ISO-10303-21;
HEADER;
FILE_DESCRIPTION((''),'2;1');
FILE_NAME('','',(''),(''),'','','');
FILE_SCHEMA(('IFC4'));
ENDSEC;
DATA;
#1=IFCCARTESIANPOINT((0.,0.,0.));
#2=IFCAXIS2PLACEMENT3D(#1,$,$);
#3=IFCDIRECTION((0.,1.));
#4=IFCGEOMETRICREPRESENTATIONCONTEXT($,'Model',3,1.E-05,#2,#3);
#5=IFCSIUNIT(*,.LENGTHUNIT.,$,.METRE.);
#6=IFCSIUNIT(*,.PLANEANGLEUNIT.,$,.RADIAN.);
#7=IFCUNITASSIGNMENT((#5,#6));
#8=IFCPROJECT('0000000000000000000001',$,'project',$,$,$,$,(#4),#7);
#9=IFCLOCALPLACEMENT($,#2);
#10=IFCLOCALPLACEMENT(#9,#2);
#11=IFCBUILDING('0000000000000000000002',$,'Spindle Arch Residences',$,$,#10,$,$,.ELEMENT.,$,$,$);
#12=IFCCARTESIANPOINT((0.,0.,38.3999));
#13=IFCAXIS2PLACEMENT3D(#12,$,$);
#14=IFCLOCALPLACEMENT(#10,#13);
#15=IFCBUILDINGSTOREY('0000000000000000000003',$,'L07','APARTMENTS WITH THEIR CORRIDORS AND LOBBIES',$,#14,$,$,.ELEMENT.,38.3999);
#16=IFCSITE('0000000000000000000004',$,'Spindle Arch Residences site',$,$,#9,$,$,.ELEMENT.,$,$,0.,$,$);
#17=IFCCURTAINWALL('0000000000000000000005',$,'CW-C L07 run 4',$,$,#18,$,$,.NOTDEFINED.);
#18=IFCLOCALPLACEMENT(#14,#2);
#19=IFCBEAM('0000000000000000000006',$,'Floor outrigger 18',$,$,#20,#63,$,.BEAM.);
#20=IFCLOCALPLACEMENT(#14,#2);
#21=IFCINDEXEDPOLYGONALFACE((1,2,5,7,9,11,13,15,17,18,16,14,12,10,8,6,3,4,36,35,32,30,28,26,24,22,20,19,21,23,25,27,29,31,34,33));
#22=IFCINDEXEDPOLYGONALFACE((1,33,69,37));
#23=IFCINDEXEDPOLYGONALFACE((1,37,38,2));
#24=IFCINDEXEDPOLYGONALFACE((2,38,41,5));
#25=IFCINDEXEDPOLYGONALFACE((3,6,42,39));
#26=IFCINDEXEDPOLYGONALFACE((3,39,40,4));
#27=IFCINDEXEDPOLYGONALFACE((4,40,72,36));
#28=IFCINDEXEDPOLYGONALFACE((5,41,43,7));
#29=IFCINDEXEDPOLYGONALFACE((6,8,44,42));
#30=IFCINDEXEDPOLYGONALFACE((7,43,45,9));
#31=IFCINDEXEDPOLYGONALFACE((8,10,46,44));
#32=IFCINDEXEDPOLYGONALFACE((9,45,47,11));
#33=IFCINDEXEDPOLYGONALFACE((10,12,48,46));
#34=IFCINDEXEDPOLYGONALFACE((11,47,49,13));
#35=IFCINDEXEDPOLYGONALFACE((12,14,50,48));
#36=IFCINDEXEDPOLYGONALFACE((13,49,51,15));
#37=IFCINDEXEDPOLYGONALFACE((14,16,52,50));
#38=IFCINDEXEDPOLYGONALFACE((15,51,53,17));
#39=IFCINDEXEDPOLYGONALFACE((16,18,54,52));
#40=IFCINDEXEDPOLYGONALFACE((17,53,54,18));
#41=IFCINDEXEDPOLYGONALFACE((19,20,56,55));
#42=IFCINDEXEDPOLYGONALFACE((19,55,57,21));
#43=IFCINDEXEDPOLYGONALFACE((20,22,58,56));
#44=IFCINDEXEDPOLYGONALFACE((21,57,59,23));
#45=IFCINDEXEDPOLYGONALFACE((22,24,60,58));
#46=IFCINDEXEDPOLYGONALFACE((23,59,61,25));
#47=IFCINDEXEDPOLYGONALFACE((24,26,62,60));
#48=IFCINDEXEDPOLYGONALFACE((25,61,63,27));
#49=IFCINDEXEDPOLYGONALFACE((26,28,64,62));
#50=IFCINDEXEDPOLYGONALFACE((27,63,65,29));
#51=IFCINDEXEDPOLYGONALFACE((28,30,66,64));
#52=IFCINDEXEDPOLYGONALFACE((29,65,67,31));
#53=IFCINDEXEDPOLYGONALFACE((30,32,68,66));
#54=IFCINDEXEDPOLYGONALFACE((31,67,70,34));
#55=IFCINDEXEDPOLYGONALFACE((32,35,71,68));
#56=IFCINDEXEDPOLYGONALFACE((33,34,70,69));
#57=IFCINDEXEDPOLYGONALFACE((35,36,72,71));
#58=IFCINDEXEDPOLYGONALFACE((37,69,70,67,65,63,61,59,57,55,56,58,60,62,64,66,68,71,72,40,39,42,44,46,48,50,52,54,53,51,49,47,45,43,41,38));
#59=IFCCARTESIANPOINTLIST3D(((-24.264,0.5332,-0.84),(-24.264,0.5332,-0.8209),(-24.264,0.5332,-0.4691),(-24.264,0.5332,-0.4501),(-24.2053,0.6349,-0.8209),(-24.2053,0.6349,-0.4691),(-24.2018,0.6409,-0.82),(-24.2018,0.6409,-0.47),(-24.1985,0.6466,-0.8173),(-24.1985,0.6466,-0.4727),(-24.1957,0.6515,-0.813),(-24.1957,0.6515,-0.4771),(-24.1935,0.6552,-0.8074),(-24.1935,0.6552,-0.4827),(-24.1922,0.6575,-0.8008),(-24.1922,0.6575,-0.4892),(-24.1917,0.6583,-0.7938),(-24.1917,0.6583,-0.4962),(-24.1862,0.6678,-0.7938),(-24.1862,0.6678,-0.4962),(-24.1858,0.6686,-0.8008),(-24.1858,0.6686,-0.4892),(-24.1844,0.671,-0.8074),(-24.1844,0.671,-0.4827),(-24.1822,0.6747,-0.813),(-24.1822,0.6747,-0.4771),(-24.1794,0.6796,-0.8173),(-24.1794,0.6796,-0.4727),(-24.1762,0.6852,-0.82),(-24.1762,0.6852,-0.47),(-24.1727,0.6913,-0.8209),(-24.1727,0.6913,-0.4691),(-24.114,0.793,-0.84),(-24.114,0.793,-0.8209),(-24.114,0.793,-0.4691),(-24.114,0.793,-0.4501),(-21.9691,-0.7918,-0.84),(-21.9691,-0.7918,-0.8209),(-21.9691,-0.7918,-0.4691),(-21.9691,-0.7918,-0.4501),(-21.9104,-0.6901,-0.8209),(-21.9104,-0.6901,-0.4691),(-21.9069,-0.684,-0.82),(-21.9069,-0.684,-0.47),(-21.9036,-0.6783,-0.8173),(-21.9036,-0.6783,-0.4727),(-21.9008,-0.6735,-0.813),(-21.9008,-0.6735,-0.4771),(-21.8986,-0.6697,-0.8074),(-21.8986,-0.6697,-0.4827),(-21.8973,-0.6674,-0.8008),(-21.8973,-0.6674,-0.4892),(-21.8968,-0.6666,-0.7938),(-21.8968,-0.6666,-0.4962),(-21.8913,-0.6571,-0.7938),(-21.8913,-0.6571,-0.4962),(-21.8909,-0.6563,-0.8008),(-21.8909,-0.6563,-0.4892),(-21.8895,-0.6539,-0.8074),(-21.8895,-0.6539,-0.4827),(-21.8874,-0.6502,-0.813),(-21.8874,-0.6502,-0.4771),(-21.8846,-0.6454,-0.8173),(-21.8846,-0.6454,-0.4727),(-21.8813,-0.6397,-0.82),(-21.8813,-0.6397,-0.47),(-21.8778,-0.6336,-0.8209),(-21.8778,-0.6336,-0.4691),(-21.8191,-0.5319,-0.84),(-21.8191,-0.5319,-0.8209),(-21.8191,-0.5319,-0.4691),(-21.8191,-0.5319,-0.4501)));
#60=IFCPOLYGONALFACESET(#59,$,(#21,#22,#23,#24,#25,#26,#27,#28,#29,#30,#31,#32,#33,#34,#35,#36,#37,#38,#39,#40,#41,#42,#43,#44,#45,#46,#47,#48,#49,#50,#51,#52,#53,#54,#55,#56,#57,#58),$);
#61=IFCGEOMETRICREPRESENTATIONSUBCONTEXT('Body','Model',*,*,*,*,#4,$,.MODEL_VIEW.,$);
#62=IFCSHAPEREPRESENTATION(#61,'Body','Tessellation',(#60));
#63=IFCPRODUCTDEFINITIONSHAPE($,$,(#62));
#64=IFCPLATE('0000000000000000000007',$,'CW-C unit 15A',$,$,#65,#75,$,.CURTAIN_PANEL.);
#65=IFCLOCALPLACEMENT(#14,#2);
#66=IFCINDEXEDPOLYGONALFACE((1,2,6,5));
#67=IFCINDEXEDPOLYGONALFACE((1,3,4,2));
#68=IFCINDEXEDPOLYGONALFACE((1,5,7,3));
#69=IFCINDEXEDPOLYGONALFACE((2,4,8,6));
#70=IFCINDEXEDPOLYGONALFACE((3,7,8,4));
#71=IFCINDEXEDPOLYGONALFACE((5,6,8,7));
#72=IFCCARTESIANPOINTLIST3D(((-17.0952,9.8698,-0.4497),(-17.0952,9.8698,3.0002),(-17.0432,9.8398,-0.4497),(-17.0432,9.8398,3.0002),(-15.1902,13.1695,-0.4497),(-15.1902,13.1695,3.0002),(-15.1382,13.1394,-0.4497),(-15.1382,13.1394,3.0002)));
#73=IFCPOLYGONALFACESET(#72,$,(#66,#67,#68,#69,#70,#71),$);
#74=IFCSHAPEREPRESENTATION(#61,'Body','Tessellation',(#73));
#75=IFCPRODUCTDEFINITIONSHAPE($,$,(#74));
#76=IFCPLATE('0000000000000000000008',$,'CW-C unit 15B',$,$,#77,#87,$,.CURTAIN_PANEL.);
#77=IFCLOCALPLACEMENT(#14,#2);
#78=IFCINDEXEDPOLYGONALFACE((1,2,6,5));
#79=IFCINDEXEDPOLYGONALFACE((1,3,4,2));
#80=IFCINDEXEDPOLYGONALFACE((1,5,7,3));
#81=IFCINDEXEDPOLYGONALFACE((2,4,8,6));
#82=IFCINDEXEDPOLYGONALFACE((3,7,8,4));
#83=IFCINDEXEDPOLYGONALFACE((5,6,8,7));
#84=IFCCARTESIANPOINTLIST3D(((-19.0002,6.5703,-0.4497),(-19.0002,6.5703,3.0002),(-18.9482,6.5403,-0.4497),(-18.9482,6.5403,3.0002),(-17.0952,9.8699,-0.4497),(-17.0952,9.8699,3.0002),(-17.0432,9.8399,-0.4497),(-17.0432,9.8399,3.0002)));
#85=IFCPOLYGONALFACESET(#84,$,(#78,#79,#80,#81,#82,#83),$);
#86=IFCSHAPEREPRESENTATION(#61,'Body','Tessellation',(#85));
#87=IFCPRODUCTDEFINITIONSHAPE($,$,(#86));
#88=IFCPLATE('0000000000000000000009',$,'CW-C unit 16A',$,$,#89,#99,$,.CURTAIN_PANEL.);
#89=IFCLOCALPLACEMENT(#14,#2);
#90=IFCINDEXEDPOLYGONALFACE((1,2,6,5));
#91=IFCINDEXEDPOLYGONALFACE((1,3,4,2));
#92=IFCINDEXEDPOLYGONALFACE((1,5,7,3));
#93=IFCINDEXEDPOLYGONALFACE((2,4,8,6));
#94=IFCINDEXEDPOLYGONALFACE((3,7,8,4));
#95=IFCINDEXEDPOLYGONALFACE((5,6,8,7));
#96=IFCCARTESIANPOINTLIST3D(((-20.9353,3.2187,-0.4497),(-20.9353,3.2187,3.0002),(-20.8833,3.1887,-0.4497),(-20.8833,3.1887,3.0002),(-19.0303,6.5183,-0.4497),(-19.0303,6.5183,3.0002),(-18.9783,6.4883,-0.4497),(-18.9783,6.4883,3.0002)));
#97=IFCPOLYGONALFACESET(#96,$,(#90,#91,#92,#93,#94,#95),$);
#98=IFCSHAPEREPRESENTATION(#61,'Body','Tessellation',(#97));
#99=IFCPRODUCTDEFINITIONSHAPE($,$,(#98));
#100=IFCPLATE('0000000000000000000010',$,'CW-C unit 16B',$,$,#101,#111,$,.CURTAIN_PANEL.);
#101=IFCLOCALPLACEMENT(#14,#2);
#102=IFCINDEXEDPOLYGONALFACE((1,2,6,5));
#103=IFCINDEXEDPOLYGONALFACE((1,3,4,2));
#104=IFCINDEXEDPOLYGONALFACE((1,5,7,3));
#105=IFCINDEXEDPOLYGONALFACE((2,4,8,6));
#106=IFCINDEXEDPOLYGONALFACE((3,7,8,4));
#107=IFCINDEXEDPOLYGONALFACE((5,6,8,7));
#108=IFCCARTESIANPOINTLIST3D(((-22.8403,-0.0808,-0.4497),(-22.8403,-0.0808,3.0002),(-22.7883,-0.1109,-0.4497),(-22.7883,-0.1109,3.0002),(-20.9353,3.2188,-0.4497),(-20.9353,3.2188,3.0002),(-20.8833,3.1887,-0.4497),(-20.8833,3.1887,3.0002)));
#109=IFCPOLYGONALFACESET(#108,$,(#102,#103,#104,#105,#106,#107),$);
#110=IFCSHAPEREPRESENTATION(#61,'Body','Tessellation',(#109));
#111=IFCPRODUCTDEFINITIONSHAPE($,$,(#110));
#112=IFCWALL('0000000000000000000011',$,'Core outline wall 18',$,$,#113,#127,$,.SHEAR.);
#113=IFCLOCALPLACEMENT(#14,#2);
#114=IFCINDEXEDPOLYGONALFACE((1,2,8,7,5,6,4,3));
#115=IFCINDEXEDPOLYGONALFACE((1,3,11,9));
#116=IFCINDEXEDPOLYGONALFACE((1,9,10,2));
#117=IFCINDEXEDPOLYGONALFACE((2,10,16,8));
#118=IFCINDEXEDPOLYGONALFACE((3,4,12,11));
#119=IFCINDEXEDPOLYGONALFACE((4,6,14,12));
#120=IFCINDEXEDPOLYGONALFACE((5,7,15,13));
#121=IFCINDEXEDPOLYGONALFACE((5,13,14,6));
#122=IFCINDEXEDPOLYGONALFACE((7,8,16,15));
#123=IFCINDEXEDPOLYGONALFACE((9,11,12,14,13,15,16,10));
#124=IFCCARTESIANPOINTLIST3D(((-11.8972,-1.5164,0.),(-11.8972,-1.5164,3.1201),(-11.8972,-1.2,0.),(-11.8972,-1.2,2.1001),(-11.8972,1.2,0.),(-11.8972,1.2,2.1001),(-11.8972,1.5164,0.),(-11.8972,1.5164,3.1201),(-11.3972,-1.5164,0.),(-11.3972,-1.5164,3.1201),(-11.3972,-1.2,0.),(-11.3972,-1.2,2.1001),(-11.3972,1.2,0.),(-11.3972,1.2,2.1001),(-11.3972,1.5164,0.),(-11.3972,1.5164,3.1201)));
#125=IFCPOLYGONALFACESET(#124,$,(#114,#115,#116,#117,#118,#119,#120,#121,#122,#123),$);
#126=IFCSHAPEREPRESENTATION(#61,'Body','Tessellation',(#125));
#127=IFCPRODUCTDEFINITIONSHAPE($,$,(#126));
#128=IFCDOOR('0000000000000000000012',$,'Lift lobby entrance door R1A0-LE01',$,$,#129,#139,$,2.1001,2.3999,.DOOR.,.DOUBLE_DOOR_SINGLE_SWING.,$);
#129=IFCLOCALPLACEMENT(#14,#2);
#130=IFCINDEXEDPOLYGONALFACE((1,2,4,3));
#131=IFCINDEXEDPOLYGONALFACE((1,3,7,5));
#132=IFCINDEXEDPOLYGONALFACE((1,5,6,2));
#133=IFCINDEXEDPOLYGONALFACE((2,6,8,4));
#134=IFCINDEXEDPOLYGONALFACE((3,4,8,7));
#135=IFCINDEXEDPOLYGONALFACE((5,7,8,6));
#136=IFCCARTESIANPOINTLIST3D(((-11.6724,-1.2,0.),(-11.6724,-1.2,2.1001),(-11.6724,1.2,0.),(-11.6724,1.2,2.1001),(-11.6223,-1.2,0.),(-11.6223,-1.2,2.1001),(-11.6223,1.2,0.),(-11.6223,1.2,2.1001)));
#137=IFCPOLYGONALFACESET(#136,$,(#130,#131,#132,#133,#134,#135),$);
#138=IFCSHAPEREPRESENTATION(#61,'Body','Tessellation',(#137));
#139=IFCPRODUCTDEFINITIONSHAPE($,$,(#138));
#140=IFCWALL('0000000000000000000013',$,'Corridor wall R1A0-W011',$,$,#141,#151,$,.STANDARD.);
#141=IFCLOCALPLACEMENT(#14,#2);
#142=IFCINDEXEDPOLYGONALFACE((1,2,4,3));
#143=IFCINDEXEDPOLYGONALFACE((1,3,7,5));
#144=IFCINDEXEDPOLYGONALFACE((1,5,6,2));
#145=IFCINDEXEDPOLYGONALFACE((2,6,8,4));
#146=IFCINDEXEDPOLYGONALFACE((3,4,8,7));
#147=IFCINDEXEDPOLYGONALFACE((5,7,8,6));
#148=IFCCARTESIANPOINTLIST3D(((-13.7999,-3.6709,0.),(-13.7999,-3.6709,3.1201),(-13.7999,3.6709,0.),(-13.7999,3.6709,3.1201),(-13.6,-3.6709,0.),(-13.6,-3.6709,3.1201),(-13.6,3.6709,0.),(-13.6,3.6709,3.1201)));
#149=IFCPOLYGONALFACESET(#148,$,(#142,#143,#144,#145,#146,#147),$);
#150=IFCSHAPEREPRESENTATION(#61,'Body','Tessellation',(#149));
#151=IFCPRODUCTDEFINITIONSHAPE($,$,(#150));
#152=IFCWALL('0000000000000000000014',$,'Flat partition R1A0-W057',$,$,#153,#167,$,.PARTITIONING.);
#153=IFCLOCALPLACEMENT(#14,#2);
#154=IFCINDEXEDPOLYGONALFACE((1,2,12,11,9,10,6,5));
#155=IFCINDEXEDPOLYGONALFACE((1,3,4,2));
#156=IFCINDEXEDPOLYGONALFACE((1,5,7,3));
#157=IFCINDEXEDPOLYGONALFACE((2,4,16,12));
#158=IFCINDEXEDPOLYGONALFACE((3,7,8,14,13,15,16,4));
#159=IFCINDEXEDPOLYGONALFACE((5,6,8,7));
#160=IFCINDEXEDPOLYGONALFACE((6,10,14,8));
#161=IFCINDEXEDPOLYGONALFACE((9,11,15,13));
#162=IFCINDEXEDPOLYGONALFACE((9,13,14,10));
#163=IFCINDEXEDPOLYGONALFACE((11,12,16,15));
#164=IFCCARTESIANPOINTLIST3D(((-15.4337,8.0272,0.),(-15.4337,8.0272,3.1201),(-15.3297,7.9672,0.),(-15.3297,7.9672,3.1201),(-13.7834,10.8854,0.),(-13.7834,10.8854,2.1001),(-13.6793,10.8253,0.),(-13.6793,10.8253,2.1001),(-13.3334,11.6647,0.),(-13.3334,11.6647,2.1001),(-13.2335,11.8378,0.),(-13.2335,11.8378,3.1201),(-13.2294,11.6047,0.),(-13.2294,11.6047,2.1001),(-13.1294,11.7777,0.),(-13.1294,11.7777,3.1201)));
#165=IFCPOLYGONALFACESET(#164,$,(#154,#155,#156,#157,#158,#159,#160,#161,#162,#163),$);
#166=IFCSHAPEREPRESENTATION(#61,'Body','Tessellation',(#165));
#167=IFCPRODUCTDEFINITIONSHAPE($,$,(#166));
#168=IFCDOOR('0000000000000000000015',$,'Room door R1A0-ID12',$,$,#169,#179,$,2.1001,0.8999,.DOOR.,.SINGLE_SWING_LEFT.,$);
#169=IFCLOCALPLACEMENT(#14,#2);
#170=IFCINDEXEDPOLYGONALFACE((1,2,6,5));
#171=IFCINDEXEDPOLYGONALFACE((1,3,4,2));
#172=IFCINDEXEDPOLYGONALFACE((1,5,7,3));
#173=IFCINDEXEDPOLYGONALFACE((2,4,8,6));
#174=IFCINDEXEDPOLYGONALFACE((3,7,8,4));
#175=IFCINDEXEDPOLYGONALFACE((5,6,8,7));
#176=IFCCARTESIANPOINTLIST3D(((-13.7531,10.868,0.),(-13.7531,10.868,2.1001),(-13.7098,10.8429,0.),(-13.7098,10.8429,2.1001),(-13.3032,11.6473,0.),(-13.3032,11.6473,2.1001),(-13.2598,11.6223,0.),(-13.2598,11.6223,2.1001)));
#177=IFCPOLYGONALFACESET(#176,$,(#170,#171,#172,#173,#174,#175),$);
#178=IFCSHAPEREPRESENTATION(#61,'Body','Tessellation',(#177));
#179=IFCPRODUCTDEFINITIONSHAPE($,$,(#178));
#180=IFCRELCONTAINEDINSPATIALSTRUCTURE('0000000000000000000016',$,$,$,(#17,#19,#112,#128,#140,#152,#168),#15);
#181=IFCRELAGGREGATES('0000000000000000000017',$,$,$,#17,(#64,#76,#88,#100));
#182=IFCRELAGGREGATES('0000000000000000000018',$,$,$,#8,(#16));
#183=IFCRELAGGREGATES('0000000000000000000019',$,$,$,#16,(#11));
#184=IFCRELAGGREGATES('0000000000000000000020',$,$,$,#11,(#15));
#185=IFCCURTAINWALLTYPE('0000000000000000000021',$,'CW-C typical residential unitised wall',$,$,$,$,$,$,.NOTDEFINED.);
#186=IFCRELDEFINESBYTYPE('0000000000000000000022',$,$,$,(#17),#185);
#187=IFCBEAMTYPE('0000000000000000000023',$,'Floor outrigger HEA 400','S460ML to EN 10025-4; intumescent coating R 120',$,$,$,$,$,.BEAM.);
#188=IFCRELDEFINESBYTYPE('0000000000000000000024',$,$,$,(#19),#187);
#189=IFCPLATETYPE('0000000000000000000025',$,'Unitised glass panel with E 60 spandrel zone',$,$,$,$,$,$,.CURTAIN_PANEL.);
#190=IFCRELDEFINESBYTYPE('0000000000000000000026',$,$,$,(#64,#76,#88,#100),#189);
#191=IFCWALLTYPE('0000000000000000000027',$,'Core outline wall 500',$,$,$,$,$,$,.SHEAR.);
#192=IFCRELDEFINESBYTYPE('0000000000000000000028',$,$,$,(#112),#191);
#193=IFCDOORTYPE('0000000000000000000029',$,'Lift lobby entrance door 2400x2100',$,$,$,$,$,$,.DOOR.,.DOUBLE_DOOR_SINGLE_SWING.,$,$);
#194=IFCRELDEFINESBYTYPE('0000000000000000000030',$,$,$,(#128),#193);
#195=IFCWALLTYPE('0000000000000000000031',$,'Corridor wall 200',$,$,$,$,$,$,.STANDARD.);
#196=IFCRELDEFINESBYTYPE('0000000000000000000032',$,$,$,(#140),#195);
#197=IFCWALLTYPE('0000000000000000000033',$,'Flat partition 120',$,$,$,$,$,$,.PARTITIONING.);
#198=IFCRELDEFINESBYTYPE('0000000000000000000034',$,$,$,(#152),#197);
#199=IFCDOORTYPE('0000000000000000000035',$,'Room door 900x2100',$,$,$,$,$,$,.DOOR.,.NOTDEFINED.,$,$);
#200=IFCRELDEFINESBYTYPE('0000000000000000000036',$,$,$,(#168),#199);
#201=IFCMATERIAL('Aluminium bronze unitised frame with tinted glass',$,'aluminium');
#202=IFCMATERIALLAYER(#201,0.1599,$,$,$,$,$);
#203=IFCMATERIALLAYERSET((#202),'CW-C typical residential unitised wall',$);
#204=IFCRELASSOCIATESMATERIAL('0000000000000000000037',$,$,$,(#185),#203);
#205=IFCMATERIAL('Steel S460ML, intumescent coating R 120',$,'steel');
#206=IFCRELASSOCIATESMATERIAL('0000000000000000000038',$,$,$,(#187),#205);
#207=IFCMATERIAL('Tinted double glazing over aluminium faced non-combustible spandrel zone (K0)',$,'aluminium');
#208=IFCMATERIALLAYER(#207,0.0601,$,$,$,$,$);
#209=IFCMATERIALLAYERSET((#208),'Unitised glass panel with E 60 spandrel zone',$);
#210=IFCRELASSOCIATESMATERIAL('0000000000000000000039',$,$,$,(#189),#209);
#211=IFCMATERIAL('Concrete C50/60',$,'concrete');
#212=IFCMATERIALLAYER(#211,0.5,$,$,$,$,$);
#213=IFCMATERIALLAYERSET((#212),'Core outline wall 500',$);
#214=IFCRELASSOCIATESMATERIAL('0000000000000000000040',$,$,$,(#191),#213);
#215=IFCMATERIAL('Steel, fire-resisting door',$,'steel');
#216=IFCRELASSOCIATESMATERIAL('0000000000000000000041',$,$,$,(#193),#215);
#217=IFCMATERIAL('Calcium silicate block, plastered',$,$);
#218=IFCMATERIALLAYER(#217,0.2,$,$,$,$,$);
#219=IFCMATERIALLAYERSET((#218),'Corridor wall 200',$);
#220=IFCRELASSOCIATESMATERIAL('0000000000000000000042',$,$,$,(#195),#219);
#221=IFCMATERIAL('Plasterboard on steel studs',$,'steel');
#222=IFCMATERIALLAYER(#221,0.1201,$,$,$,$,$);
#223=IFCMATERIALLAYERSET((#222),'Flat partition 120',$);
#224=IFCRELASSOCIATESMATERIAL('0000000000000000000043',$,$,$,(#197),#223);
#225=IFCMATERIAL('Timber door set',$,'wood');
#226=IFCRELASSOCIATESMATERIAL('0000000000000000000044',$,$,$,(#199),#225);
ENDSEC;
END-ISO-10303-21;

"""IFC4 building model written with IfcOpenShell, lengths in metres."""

from ifc_helpers import new_model, si_unit, direction, frame, frame_2d, origin, origin_2d, place, context, subcontext, project, spatial, rectangle, i_section, extrude, material, layer, layer_set, material_profile, profile_set, type_object, element, fill, aggregate, save


model = new_model("IFC4")

# Units and contexts
model_context = context("Model", 3, precision=1e-05, world=origin(), true_north=direction((0.0, 1.0)))
body_context = subcontext(model_context, "Body", "Model", "MODEL_VIEW")
ifc_project = project(units=[si_unit("LENGTHUNIT", "METRE"), si_unit("PLANEANGLEUNIT", "RADIAN")], contexts=[model_context])

# Site, building, storey
site_placement = place(None, origin())
site = spatial("IfcSite", under=ifc_project, at=site_placement, Name="Spindle Arch Residences site", CompositionType="ELEMENT", RefElevation=0.0)
building_placement = place(site_placement, origin())
building = spatial("IfcBuilding", under=site, at=building_placement, Name="Spindle Arch Residences", CompositionType="ELEMENT")
storey_placement = place(building_placement, frame((0.0, 0.0, 38.3999)))
storey = spatial("IfcBuildingStorey", under=building, at=storey_placement, Name="L07", Description="APARTMENTS WITH THEIR CORRIDORS AND LOBBIES", CompositionType="ELEMENT", Elevation=38.3999)

# Curtain wall
ifc_material_1 = material(Name="Aluminium bronze unitised frame with tinted glass", Category="aluminium")
ifc_layer_1 = layer(ifc_material_1, 0.1599)
ifc_layer_set_1 = layer_set([ifc_layer_1], Name="CW-C typical residential unitised wall")
curtain_wall_type = type_object("IfcCurtainWallType", Name="CW-C typical residential unitised wall", PredefinedType="NOTDEFINED", material=ifc_layer_set_1)
curtain_wall_placement = place(storey_placement, origin())
curtain_wall = element("IfcCurtainWall", 1, at=curtain_wall_placement, inside=storey, type_object=curtain_wall_type, Name="CW-C L07 run 4", PredefinedType="NOTDEFINED")

# Beam
ifc_material_2 = material(Name="Steel S460ML, intumescent coating R 120", Category="steel")
ifc_material_profile_1 = material_profile(ifc_material_2, i_section(OverallWidth=0.3, OverallDepth=0.3899, WebThickness=0.011, FlangeThickness=0.019, FilletRadius=0.0271, at=origin_2d()), Name="HEA 400")
ifc_profile_set_1 = profile_set([ifc_material_profile_1], Name="Steel S460ML, intumescent coating R 120")
beam_type_1 = type_object("IfcBeamType", Name="Floor outrigger HEA 400", Description="S460ML to EN 10025-4; intumescent coating R 120", PredefinedType="BEAM", material=ifc_profile_set_1)
beam_1_placement = place(storey_placement, frame((-24.189, 0.6631, -0.645), z_axis=(0.866029, -0.499994, 0.0), x_axis=(0.499994, 0.866029, 0.0)))
element("IfcBeam", 2, at=beam_1_placement, inside=storey, type_object=beam_type_1, Name="Floor outrigger 18", PredefinedType="BEAM", context=body_context, shape_type="SweptSolid", body=[
    extrude(i_section(OverallWidth=0.3, OverallDepth=0.3899, WebThickness=0.011, FlangeThickness=0.019, FilletRadius=0.0271, at=origin_2d()), origin(), (0.0, 0.0, 1.0), 2.6499),
])

# Plates
ifc_material_3 = material(Name="Tinted double glazing over aluminium faced non-combustible spandrel zone (K0)", Category="aluminium")
ifc_layer_2 = layer(ifc_material_3, 0.0601)
ifc_layer_set_2 = layer_set([ifc_layer_2], Name="Unitised glass panel with E 60 spandrel zone")
plate_type = type_object("IfcPlateType", Name="Unitised glass panel with E 60 spandrel zone", PredefinedType="CURTAIN_PANEL", material=ifc_layer_set_2)
plate_1_placement = place(storey_placement, frame((-16.1167, 11.5046, -0.4497), z_axis=(0.0, 0.0, 1.0), x_axis=(-0.5, -0.866025, 0.0)))
plate_1 = element("IfcPlate", 3, at=plate_1_placement, type_object=plate_type, Name="CW-C unit 15A", PredefinedType="CURTAIN_PANEL", context=body_context, shape_type="SweptSolid", body=[
    extrude(rectangle(XDim=3.8101, YDim=0.0601, at=origin_2d()), origin(), (0.0, 0.0, 1.0), 3.45),
])
plate_2_placement = place(storey_placement, frame((-18.0217, 8.2051, -0.4497), z_axis=(0.0, 0.0, 1.0), x_axis=(-0.5, -0.866025, 0.0)))
plate_2 = element("IfcPlate", 4, at=plate_2_placement, type_object=plate_type, Name="CW-C unit 15B", PredefinedType="CURTAIN_PANEL", context=body_context, shape_type="SweptSolid", body=[
    extrude(rectangle(XDim=3.8101, YDim=0.0601, at=origin_2d()), origin(), (0.0, 0.0, 1.0), 3.45),
])
plate_3_placement = place(storey_placement, frame((-19.9568, 4.8535, -0.4497), z_axis=(0.0, 0.0, 1.0), x_axis=(-0.5, -0.866025, 0.0)))
plate_3 = element("IfcPlate", 5, at=plate_3_placement, type_object=plate_type, Name="CW-C unit 16A", PredefinedType="CURTAIN_PANEL", context=body_context, shape_type="SweptSolid", body=[
    extrude(rectangle(XDim=3.8101, YDim=0.0601, at=origin_2d()), origin(), (0.0, 0.0, 1.0), 3.45),
])
plate_4_placement = place(storey_placement, frame((-21.8618, 1.554, -0.4497), z_axis=(0.0, 0.0, 1.0), x_axis=(-0.5, -0.866025, 0.0)))
plate_4 = element("IfcPlate", 6, at=plate_4_placement, type_object=plate_type, Name="CW-C unit 16B", PredefinedType="CURTAIN_PANEL", context=body_context, shape_type="SweptSolid", body=[
    extrude(rectangle(XDim=3.8101, YDim=0.0601, at=origin_2d()), origin(), (0.0, 0.0, 1.0), 3.45),
])
aggregate(curtain_wall, [plate_1, plate_2, plate_3, plate_4])

# Wall, opening, door
ifc_material_4 = material(Name="Concrete C50/60", Category="concrete")
ifc_layer_3 = layer(ifc_material_4, 0.5)
ifc_layer_set_3 = layer_set([ifc_layer_3], Name="Core outline wall 500")
wall_type_1 = type_object("IfcWallType", Name="Core outline wall 500", PredefinedType="SHEAR", material=ifc_layer_set_3)
wall_1_placement = place(storey_placement, frame((-11.6472, 1.5164, 0.0), z_axis=(0.0, 0.0, 1.0), x_axis=(0.0, -1.0, 0.0)))
wall_1 = element("IfcWall", 7, at=wall_1_placement, inside=storey, type_object=wall_type_1, Name="Core outline wall 18", PredefinedType="SHEAR", context=body_context, shape_type="SweptSolid", body=[
    extrude(rectangle(XDim=3.0327, YDim=0.5, at=frame_2d((1.5164, 0.0))), origin(), (0.0, 0.0, 1.0), 3.1201),
])
opening_1_placement = place(wall_1_placement, frame((0.3164, 0.0, 0.0)))
opening_1 = element("IfcOpeningElement", 8, at=opening_1_placement, cuts=wall_1, PredefinedType="OPENING", context=body_context, shape_type="SweptSolid", body=[
    extrude(rectangle(XDim=2.3999, YDim=2.1001, at=frame_2d((1.2, 1.05))), frame((0.0, 0.26, 0.0), z_axis=(0.0, -1.0, 0.0), x_axis=(1.0, 0.0, 0.0)), (0.0, 0.0, 1.0), 0.52),
])
ifc_material_5 = material(Name="Steel, fire-resisting door", Category="steel")
door_type_1 = type_object("IfcDoorType", Name="Lift lobby entrance door 2400x2100", OperationType="DOUBLE_DOOR_SINGLE_SWING", PredefinedType="DOOR", material=ifc_material_5)
door_1_placement = place(opening_1_placement, origin())
door_1 = element("IfcDoor", 9, at=door_1_placement, inside=storey, type_object=door_type_1, Name="Lift lobby entrance door R1A0-LE01", OperationType="DOUBLE_DOOR_SINGLE_SWING", OverallHeight=2.1001, OverallWidth=2.3999, PredefinedType="DOOR", context=body_context, shape_type="SweptSolid", body=[
    extrude(rectangle(XDim=2.3999, YDim=2.1001, at=frame_2d((1.2, 1.05))), frame((0.0, 0.0249, 0.0), z_axis=(0.0, -1.0, 0.0), x_axis=(1.0, 0.0, 0.0)), (0.0, 0.0, 1.0), 0.05),
])
fill(opening_1, door_1)

# Wall
ifc_material_6 = material(Name="Calcium silicate block, plastered")
ifc_layer_4 = layer(ifc_material_6, 0.2)
ifc_layer_set_4 = layer_set([ifc_layer_4], Name="Corridor wall 200")
wall_type_2 = type_object("IfcWallType", Name="Corridor wall 200", PredefinedType="STANDARD", material=ifc_layer_set_4)
wall_2_placement = place(storey_placement, frame((-13.7, 3.6709, 0.0), z_axis=(0.0, 0.0, 1.0), x_axis=(0.0, -1.0, 0.0)))
element("IfcWall", 10, at=wall_2_placement, inside=storey, type_object=wall_type_2, Name="Corridor wall R1A0-W011", PredefinedType="STANDARD", context=body_context, shape_type="SweptSolid", body=[
    extrude(rectangle(XDim=7.3418, YDim=0.2, at=frame_2d((3.6709, 0.0))), origin(), (0.0, 0.0, 1.0), 3.1201),
])

# Wall, opening, door
ifc_material_7 = material(Name="Plasterboard on steel studs", Category="steel")
ifc_layer_5 = layer(ifc_material_7, 0.1201)
ifc_layer_set_5 = layer_set([ifc_layer_5], Name="Flat partition 120")
wall_type_3 = type_object("IfcWallType", Name="Flat partition 120", PredefinedType="PARTITIONING", material=ifc_layer_set_5)
wall_3_placement = place(storey_placement, frame((-13.1814, 11.8079, 0.0), z_axis=(0.0, 0.0, 1.0), x_axis=(-0.50003, -0.866008, 0.0)))
wall_3 = element("IfcWall", 11, at=wall_3_placement, inside=storey, type_object=wall_type_3, Name="Flat partition R1A0-W057", PredefinedType="PARTITIONING", context=body_context, shape_type="SweptSolid", body=[
    extrude(rectangle(XDim=4.4001, YDim=0.1201, at=frame_2d((2.2002, 0.0))), origin(), (0.0, 0.0, 1.0), 3.1201),
])
opening_2_placement = place(wall_3_placement, frame((0.2, 0.0, 0.0)))
opening_2 = element("IfcOpeningElement", 12, at=opening_2_placement, cuts=wall_3, PredefinedType="OPENING", context=body_context, shape_type="SweptSolid", body=[
    extrude(rectangle(XDim=0.8999, YDim=2.1001, at=frame_2d((0.45, 1.05))), frame((0.0, 0.0701, 0.0), z_axis=(0.0, -1.0, 0.0), x_axis=(1.0, 0.0, 0.0)), (0.0, 0.0, 1.0), 0.1401),
])
ifc_material_8 = material(Name="Timber door set", Category="wood")
door_type_2 = type_object("IfcDoorType", Name="Room door 900x2100", OperationType="NOTDEFINED", PredefinedType="DOOR", material=ifc_material_8)
door_2_placement = place(opening_2_placement, origin())
door_2 = element("IfcDoor", 13, at=door_2_placement, inside=storey, type_object=door_type_2, Name="Room door R1A0-ID12", OperationType="SINGLE_SWING_LEFT", OverallHeight=2.1001, OverallWidth=0.8999, PredefinedType="DOOR", context=body_context, shape_type="SweptSolid", body=[
    extrude(rectangle(XDim=0.8999, YDim=2.1001, at=frame_2d((0.45, 1.05))), frame((0.0, 0.0249, 0.0), z_axis=(0.0, -1.0, 0.0), x_axis=(1.0, 0.0, 0.0)), (0.0, 0.0, 1.0), 0.05),
])
fill(opening_2, door_2)

save(model, "model.ifc")
